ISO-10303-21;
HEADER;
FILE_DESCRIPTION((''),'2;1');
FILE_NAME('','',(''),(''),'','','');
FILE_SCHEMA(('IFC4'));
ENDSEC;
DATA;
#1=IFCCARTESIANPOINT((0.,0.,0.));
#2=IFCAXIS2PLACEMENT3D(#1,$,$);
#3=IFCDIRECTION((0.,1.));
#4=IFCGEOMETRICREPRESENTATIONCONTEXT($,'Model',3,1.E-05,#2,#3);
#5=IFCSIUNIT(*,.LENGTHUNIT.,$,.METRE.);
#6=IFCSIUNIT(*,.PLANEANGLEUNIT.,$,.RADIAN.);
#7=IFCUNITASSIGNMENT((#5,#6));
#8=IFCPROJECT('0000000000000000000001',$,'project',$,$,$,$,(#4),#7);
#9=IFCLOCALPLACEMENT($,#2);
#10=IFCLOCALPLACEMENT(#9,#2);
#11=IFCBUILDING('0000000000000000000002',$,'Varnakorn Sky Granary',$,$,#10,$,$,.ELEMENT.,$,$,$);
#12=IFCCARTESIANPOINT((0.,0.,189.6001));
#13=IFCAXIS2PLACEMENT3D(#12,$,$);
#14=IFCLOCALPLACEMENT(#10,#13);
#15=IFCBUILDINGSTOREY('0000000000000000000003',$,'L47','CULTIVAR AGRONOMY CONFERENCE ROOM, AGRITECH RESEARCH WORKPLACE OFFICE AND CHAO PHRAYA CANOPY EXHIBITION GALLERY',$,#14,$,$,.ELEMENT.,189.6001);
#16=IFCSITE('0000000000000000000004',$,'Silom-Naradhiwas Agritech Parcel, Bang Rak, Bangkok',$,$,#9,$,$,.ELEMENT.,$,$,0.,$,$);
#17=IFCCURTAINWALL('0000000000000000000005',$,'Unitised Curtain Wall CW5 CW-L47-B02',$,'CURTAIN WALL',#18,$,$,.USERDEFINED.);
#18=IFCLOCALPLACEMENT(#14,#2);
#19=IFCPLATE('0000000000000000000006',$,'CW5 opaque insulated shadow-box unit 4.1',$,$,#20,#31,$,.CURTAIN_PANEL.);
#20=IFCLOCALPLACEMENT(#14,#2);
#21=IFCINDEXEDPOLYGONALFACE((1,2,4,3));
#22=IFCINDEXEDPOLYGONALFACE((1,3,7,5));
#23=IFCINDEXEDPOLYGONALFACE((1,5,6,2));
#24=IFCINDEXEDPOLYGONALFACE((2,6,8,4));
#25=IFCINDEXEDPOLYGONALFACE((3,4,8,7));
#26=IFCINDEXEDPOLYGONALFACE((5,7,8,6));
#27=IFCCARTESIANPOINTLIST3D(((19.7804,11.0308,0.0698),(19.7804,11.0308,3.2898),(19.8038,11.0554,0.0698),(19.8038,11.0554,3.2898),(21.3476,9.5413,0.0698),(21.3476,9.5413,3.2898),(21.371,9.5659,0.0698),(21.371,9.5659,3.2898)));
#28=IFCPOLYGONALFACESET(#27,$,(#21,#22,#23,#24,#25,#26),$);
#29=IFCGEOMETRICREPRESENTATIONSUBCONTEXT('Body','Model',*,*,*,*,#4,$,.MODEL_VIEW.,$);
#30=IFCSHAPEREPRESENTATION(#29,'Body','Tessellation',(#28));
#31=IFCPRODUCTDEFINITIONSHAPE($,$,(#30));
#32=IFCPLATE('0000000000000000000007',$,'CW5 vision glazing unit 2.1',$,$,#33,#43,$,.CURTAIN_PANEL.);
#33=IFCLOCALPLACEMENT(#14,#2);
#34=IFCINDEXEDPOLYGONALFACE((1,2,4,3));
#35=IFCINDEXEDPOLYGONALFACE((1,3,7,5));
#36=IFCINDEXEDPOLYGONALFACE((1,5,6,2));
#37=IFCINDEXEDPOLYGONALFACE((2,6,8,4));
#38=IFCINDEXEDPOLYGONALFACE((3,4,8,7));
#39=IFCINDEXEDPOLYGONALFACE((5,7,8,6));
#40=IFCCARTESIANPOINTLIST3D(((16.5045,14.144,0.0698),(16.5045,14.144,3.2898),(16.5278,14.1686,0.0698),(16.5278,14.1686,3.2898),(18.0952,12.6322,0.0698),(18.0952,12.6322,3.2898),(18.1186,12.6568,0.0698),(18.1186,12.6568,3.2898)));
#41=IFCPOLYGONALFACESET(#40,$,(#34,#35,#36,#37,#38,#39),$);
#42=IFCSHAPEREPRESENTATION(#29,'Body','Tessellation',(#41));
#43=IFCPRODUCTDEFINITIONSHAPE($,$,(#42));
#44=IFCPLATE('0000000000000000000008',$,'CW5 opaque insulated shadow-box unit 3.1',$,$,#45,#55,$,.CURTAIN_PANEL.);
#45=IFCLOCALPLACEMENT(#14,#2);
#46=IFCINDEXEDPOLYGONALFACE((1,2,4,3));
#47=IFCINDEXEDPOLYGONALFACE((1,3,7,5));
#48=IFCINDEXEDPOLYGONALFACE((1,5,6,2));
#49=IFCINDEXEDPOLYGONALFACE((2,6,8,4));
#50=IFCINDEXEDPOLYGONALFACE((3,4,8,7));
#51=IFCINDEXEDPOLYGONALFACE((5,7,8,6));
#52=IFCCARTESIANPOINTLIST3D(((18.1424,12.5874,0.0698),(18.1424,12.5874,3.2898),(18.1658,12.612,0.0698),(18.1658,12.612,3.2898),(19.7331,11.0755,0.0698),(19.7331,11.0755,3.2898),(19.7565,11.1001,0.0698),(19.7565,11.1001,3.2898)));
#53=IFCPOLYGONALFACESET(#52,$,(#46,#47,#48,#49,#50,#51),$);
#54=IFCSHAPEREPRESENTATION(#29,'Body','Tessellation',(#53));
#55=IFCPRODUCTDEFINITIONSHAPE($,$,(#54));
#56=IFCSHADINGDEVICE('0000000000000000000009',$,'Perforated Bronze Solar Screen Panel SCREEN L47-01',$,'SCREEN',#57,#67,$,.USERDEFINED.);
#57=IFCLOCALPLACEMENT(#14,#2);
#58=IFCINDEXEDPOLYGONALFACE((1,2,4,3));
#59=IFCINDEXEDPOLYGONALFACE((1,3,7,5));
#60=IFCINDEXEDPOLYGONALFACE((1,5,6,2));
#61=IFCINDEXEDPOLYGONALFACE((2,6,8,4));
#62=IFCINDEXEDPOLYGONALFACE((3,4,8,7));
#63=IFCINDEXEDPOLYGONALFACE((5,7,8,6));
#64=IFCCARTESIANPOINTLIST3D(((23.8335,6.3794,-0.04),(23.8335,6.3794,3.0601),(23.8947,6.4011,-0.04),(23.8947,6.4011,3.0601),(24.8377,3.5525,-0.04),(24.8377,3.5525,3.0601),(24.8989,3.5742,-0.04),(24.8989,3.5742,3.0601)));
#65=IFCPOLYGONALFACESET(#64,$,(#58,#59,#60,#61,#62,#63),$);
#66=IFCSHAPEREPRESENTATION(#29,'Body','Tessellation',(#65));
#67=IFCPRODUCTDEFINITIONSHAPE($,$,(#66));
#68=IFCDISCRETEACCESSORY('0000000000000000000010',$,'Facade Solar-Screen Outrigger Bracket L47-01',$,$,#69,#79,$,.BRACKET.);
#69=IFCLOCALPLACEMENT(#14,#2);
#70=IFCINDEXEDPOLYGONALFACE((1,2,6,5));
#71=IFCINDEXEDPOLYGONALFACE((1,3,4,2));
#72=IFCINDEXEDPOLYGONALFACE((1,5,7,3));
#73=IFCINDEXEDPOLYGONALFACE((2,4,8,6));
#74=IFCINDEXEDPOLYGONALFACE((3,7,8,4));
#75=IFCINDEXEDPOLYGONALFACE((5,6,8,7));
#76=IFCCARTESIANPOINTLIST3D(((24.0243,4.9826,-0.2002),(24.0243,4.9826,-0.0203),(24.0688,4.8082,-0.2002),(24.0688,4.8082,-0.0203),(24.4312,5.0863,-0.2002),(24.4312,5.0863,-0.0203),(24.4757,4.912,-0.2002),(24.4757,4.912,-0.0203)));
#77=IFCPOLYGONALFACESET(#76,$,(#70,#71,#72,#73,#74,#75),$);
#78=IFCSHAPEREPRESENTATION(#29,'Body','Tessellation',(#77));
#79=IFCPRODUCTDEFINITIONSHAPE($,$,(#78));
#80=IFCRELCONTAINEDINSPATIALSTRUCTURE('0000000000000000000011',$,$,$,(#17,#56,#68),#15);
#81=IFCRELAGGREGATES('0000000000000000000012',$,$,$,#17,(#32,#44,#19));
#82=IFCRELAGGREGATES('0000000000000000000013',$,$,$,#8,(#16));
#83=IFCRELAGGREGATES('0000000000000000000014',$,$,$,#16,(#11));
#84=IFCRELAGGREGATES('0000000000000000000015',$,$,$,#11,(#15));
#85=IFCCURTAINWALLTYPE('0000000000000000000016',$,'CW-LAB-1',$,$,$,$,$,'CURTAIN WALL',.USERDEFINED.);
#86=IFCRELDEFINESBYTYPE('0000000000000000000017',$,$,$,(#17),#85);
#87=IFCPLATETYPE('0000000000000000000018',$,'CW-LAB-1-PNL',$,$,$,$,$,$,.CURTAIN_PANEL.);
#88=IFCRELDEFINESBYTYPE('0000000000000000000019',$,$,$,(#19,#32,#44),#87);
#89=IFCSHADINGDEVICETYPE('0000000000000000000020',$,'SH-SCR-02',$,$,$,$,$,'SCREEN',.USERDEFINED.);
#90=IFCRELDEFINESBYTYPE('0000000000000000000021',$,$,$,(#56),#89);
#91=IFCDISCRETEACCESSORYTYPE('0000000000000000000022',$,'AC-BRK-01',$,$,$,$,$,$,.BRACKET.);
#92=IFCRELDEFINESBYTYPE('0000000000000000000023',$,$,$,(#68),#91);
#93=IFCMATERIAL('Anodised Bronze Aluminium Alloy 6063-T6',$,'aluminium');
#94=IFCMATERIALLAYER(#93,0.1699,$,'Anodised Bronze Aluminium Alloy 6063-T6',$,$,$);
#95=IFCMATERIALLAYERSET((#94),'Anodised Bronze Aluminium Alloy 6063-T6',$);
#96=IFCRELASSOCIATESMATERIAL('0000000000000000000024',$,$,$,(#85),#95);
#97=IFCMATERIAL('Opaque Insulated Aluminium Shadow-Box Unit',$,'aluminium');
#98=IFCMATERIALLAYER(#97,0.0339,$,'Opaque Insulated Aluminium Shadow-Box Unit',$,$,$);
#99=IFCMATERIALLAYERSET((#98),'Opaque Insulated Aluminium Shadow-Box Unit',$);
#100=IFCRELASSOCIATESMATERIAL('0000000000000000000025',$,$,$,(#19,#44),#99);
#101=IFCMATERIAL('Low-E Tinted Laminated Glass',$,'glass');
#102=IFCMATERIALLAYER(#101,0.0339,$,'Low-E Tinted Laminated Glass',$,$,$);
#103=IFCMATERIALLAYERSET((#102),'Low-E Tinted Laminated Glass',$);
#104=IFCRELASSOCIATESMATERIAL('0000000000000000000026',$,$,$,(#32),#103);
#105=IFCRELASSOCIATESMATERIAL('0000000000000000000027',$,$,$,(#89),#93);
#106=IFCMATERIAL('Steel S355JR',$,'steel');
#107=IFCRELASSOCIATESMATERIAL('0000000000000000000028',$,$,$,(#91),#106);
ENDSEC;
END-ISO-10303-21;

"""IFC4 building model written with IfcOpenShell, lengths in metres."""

from ifc_helpers import new_model, si_unit, direction, frame, origin, origin_2d, place, context, subcontext, project, spatial, rectangle, extrude, source, transform, mapped, material, layer, layer_set, type_object, type_shapes, element, aggregate, save


model = new_model("IFC4")

# Units and contexts
model_context = context("Model", 3, precision=1e-05, world=origin(), true_north=direction((0.0, 1.0)))
body_context = subcontext(model_context, "Body", "Model", "MODEL_VIEW")
ifc_project = project(units=[si_unit("LENGTHUNIT", "METRE"), si_unit("PLANEANGLEUNIT", "RADIAN")], contexts=[model_context])

# Site, building, storey
site_placement = place(None, origin())
site = spatial("IfcSite", under=ifc_project, at=site_placement, Name="Silom-Naradhiwas Agritech Parcel, Bang Rak, Bangkok", CompositionType="ELEMENT", RefElevation=0.0)
building_placement = place(site_placement, origin())
building = spatial("IfcBuilding", under=site, at=building_placement, Name="Varnakorn Sky Granary", CompositionType="ELEMENT")
storey_placement = place(building_placement, frame((0.0, 0.0, 189.6001)))
storey = spatial("IfcBuildingStorey", under=building, at=storey_placement, Name="L47", Description="CULTIVAR AGRONOMY CONFERENCE ROOM, AGRITECH RESEARCH WORKPLACE OFFICE AND CHAO PHRAYA CANOPY EXHIBITION GALLERY", CompositionType="ELEMENT", Elevation=189.6001)

# Shared definitions
ifc_material_1 = material(Name="Steel S355JR", Category="steel")

# Curtain wall
ifc_material_2 = material(Name="Anodised Bronze Aluminium Alloy 6063-T6", Category="aluminium")
ifc_layer_1 = layer(ifc_material_2, 0.1699, Name="Anodised Bronze Aluminium Alloy 6063-T6")
ifc_layer_set_1 = layer_set([ifc_layer_1], Name="Anodised Bronze Aluminium Alloy 6063-T6")
curtain_wall_type = type_object("IfcCurtainWallType", Name="CW-LAB-1", ElementType="CURTAIN WALL", PredefinedType="USERDEFINED", material=ifc_layer_set_1)
curtain_wall_1_placement = place(storey_placement, origin())
curtain_wall_1 = element("IfcCurtainWall", 1, at=curtain_wall_1_placement, inside=storey, type_object=curtain_wall_type, Name="Unitised Curtain Wall CW5 CW-L47-B02", ObjectType="CURTAIN WALL", PredefinedType="USERDEFINED")

# Plates
ifc_material_3 = material(Name="Opaque Insulated Aluminium Shadow-Box Unit", Category="aluminium")
ifc_layer_2 = layer(ifc_material_3, 0.0339, Name="Opaque Insulated Aluminium Shadow-Box Unit")
ifc_layer_set_2 = layer_set([ifc_layer_2], Name="Opaque Insulated Aluminium Shadow-Box Unit")
plate_type = type_object("IfcPlateType", Name="CW-LAB-1-PNL", PredefinedType="CURTAIN_PANEL")
ifc_material_4 = material(Name="Low-E Tinted Laminated Glass", Category="glass")
ifc_layer_3 = layer(ifc_material_4, 0.0339, Name="Low-E Tinted Laminated Glass")
ifc_layer_set_3 = layer_set([ifc_layer_3], Name="Low-E Tinted Laminated Glass")
shared_shape_1 = source(origin(), body_context, "Body", "SweptSolid", [
    extrude(rectangle(XDim=2.1621, YDim=0.0339, at=origin_2d()), origin(), (0.0, 0.0, 1.0), 3.22),
])
plate_1_placement = place(storey_placement, frame((20.5757, 10.2983, 0.0698), z_axis=(0.0, 0.0, 1.0), x_axis=(0.724851, -0.688905, 0.0)))
plate_1 = element("IfcPlate", 2, at=plate_1_placement, type_object=plate_type, material=ifc_layer_set_2, Name="CW5 opaque insulated shadow-box unit 4.1", PredefinedType="CURTAIN_PANEL", context=body_context, shape_type="MappedRepresentation", body=[
    mapped(shared_shape_1, transform((0.0, 0.0, 0.0), x_axis=(1.0, 0.0, 0.0), y_axis=(0.0, 1.0, 0.0), z_axis=(0.0, 0.0, 1.0), scale=1.0)),
])
shared_shape_2 = source(origin(), body_context, "Body", "SweptSolid", [
    extrude(rectangle(XDim=2.1946, YDim=0.0339, at=origin_2d()), origin(), (0.0, 0.0, 1.0), 3.22),
])
plate_2_placement = place(storey_placement, frame((17.3115, 13.4004, 0.0698), z_axis=(0.0, 0.0, 1.0), x_axis=(0.724851, -0.688905, 0.0)))
plate_2 = element("IfcPlate", 3, at=plate_2_placement, type_object=plate_type, material=ifc_layer_set_3, Name="CW5 vision glazing unit 2.1", PredefinedType="CURTAIN_PANEL", context=body_context, shape_type="MappedRepresentation", body=[
    mapped(shared_shape_2, transform((0.0, 0.0, 0.0), x_axis=(1.0, 0.0, 0.0), y_axis=(0.0, 1.0, 0.0), z_axis=(0.0, 0.0, 1.0), scale=1.0)),
])
plate_3_placement = place(storey_placement, frame((18.9495, 11.8438, 0.0698), z_axis=(0.0, 0.0, 1.0), x_axis=(0.724851, -0.688905, 0.0)))
plate_3 = element("IfcPlate", 4, at=plate_3_placement, type_object=plate_type, material=ifc_layer_set_2, Name="CW5 opaque insulated shadow-box unit 3.1", PredefinedType="CURTAIN_PANEL", context=body_context, shape_type="MappedRepresentation", body=[
    mapped(shared_shape_2, transform((0.0, 0.0, 0.0), x_axis=(1.0, 0.0, 0.0), y_axis=(0.0, 1.0, 0.0), z_axis=(0.0, 0.0, 1.0), scale=1.0)),
])
aggregate(curtain_wall_1, [plate_2, plate_3, plate_1])

# Shading device
shading_device_type = type_object("IfcShadingDeviceType", Name="SH-SCR-02", ElementType="SCREEN", PredefinedType="USERDEFINED", material=ifc_material_2)
shared_shape_3 = source(origin(), body_context, "Body", "SweptSolid", [
    extrude(rectangle(XDim=3.0, YDim=0.0649, at=origin_2d()), origin(), (0.0, 0.0, 1.0), 3.1001),
])
type_shapes(shading_device_type, [shared_shape_3])
shading_device_placement = place(storey_placement, frame((24.3662, 4.9768, -0.04), z_axis=(0.0, 0.0, 1.0), x_axis=(-0.334732, 0.942313, 0.0)))
element("IfcShadingDevice", 5, at=shading_device_placement, inside=storey, type_object=shading_device_type, Name="Perforated Bronze Solar Screen Panel SCREEN L47-01", ObjectType="SCREEN", PredefinedType="USERDEFINED", context=body_context, shape_type="MappedRepresentation", body=[
    mapped(shared_shape_3, transform((0.0, 0.0, 0.0), x_axis=(1.0, 0.0, 0.0), y_axis=(0.0, 1.0, 0.0), z_axis=(0.0, 0.0, 1.0), scale=1.0)),
])

# Discrete accessory
discrete_accessory_type = type_object("IfcDiscreteAccessoryType", Name="AC-BRK-01", PredefinedType="BRACKET", material=ifc_material_1)
shared_shape_4 = source(origin(), body_context, "Body", "SweptSolid", [
    extrude(rectangle(XDim=0.1799, YDim=0.4199, at=origin_2d()), origin(), (0.0, 0.0, 1.0), 0.1799),
])
type_shapes(discrete_accessory_type, [shared_shape_4])
discrete_accessory_placement = place(storey_placement, frame((24.25, 4.9473, -0.2002), z_axis=(0.0, 0.0, 1.0), x_axis=(-0.247105, 0.968989, 0.0)))
element("IfcDiscreteAccessory", 6, at=discrete_accessory_placement, inside=storey, type_object=discrete_accessory_type, Name="Facade Solar-Screen Outrigger Bracket L47-01", PredefinedType="BRACKET", context=body_context, shape_type="MappedRepresentation", body=[
    mapped(shared_shape_4, transform((0.0, 0.0, 0.0), x_axis=(1.0, 0.0, 0.0), y_axis=(0.0, 1.0, 0.0), z_axis=(0.0, 0.0, 1.0), scale=1.0)),
])

save(model, "model.ifc")
